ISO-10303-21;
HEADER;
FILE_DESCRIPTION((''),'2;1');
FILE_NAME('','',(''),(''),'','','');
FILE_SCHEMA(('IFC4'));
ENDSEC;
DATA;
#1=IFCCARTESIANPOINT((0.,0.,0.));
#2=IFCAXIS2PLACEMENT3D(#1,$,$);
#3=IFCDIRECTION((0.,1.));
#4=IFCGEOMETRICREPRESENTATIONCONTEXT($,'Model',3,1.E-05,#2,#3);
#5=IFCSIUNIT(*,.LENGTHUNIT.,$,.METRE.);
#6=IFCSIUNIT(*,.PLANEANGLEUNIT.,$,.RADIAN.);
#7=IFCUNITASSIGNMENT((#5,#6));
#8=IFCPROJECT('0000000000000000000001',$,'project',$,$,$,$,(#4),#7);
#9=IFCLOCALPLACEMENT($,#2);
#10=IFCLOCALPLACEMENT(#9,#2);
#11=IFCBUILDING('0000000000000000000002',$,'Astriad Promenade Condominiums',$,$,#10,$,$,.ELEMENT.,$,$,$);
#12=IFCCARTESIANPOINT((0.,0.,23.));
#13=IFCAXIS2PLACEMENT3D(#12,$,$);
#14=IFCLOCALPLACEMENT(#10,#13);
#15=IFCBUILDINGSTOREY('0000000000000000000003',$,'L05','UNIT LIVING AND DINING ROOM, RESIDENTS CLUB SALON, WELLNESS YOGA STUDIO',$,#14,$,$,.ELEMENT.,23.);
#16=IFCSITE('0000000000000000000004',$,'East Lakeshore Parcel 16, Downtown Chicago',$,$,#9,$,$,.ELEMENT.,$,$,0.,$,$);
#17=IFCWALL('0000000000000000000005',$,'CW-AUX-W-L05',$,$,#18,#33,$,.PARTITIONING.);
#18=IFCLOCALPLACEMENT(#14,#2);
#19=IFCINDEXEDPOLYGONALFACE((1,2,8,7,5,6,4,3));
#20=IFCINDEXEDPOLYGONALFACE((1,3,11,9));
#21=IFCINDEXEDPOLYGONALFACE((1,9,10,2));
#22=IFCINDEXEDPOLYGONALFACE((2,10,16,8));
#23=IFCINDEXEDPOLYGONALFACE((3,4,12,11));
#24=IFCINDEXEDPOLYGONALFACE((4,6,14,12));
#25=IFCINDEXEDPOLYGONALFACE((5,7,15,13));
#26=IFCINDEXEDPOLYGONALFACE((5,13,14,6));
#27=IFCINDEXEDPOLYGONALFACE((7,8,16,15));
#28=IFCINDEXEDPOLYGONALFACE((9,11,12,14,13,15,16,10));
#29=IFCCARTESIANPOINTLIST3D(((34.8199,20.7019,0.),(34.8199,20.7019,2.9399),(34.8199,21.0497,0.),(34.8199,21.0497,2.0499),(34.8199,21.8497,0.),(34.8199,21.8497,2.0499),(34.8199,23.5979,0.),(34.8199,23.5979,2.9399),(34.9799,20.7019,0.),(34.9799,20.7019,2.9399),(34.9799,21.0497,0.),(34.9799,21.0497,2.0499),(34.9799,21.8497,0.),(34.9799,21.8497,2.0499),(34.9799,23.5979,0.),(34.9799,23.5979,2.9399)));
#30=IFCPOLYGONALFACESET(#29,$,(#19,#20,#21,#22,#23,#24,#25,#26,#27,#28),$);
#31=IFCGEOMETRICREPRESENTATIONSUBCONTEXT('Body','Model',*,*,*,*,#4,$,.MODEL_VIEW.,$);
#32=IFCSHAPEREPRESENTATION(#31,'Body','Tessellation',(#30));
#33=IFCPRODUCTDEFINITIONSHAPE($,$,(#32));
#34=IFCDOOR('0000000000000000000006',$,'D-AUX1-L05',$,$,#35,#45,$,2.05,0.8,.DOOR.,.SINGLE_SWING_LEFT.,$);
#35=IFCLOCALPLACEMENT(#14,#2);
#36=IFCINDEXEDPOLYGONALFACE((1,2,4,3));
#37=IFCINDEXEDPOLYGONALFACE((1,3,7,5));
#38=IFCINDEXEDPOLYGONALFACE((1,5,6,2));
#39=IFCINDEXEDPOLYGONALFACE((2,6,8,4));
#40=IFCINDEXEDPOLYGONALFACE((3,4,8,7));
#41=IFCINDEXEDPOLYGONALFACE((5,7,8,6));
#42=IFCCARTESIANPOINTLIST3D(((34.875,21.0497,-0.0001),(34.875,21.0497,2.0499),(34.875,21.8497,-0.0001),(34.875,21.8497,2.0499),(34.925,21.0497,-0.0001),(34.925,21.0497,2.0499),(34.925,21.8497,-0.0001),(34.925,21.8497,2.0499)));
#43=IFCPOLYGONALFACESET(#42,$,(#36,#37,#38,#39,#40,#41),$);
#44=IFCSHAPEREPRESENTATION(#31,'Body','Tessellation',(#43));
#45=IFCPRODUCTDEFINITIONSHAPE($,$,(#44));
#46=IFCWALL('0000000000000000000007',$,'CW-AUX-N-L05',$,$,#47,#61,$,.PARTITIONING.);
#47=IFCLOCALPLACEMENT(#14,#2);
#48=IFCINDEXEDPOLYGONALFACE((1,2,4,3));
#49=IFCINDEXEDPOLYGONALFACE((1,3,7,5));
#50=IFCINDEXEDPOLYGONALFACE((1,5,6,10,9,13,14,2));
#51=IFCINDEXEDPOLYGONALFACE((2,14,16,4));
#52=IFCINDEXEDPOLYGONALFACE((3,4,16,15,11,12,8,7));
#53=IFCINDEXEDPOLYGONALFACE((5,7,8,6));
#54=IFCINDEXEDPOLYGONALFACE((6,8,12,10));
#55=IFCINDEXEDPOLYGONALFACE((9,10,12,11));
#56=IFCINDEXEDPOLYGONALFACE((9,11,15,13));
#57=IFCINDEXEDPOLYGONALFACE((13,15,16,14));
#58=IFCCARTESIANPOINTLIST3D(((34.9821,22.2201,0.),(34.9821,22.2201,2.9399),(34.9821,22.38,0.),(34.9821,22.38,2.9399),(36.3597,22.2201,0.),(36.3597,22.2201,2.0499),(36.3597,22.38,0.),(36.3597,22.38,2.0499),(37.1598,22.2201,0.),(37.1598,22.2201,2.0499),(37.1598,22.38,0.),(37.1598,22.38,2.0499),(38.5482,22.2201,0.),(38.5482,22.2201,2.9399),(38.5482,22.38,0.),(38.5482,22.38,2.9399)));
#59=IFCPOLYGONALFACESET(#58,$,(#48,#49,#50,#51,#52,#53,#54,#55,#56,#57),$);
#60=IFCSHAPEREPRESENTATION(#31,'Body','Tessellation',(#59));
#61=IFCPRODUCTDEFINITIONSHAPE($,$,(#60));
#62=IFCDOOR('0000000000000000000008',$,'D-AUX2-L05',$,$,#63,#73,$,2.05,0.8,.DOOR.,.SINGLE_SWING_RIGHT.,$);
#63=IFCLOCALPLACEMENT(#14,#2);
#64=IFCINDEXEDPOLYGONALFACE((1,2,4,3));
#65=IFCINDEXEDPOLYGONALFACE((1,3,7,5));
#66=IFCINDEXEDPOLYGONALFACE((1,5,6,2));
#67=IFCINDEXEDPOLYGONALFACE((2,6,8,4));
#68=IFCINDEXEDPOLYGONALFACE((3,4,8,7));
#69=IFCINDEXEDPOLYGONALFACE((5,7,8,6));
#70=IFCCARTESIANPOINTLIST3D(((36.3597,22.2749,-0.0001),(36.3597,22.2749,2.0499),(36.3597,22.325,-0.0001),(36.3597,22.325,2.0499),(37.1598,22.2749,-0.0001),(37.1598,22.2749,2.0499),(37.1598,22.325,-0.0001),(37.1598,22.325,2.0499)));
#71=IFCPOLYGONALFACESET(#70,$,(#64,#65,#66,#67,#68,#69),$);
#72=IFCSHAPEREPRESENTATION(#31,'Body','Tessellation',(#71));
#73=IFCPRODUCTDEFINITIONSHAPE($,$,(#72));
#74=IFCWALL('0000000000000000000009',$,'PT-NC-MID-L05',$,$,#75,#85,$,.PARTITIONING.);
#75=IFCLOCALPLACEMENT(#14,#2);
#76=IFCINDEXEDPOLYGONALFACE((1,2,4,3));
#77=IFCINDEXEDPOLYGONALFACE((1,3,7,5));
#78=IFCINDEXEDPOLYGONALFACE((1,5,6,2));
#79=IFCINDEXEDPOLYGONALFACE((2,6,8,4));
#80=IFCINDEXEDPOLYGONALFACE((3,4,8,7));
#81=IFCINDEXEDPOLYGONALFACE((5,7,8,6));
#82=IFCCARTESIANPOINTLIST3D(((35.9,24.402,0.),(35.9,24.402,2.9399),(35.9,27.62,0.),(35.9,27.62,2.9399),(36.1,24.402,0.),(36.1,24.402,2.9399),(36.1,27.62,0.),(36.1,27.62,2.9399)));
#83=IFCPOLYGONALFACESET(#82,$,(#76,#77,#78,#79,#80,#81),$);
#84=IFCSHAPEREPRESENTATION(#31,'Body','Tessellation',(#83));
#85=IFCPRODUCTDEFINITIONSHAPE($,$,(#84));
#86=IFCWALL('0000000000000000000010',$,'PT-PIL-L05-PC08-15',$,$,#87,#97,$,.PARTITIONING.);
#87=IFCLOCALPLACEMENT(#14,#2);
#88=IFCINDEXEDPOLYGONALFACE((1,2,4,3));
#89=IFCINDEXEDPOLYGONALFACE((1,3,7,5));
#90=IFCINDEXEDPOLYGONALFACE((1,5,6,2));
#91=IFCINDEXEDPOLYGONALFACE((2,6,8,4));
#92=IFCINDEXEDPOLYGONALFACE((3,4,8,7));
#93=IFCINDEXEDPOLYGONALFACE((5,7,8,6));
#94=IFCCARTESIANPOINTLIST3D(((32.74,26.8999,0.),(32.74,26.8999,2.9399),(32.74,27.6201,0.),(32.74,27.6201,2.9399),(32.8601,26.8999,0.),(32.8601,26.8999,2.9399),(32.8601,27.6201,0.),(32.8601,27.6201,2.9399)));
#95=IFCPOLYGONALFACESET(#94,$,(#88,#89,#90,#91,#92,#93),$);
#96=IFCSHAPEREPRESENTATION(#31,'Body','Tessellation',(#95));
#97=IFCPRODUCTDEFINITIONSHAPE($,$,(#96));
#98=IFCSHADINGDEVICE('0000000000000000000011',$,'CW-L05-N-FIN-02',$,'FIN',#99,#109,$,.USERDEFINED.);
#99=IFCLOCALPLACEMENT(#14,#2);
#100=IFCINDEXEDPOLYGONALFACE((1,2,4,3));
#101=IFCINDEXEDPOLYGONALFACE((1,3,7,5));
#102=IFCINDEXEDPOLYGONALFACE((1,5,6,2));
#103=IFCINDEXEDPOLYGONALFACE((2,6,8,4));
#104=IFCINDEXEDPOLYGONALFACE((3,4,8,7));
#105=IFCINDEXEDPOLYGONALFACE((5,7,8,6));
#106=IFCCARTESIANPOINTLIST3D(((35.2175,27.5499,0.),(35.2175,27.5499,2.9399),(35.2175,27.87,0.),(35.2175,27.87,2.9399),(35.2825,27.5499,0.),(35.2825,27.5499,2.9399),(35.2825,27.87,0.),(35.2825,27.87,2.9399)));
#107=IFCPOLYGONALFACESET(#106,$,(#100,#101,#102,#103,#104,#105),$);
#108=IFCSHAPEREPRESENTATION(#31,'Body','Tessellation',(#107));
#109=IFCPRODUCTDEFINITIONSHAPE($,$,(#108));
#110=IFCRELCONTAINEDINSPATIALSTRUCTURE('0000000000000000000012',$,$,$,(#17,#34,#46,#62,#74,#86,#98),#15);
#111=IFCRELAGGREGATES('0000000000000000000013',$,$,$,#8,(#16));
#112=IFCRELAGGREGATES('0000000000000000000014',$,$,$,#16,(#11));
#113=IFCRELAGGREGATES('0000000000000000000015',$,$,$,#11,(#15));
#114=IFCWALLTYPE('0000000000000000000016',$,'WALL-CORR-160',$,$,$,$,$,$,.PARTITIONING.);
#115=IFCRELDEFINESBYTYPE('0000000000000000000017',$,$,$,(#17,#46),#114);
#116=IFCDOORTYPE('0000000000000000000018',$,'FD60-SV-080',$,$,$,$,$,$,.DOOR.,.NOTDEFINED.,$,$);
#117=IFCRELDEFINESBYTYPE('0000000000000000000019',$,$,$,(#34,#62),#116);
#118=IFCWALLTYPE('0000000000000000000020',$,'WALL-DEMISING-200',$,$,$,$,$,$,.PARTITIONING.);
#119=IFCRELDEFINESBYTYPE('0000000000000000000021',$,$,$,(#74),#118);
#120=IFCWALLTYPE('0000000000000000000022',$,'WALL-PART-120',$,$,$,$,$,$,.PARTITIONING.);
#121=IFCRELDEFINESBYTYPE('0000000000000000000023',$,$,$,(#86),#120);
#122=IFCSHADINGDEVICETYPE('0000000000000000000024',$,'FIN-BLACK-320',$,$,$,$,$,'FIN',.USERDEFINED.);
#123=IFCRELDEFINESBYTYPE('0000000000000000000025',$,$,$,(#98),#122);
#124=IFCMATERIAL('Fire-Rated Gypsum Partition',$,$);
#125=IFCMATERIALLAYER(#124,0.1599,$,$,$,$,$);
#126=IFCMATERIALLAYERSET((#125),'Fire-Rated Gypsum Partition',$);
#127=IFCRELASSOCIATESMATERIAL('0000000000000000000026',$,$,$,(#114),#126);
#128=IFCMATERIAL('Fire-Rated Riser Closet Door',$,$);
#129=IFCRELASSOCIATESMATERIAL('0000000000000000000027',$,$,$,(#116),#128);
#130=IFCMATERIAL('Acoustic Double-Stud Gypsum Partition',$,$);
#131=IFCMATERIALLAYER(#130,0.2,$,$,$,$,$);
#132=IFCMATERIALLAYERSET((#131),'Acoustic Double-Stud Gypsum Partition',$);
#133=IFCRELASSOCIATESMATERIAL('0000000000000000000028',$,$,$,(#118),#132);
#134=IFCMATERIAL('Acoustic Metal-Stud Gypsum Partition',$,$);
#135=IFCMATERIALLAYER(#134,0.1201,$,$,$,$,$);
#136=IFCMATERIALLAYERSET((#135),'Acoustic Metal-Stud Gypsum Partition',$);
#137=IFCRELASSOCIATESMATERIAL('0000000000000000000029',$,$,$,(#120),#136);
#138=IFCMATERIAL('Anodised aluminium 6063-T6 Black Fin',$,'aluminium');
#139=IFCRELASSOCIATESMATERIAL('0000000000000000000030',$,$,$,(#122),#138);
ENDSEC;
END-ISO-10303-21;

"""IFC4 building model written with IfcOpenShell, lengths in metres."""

from ifc_helpers import new_model, si_unit, direction, frame, frame_2d, origin, origin_2d, place, context, subcontext, project, spatial, rectangle, extrude, source, transform, mapped, material, layer, layer_set, type_object, type_shapes, element, fill, save


model = new_model("IFC4")

# Units and contexts
model_context = context("Model", 3, precision=1e-05, world=origin(), true_north=direction((0.0, 1.0)))
body_context = subcontext(model_context, "Body", "Model", "MODEL_VIEW")
ifc_project = project(units=[si_unit("LENGTHUNIT", "METRE"), si_unit("PLANEANGLEUNIT", "RADIAN")], contexts=[model_context])

# Site, building, storey
site_placement = place(None, origin())
site = spatial("IfcSite", under=ifc_project, at=site_placement, Name="East Lakeshore Parcel 16, Downtown Chicago", CompositionType="ELEMENT", RefElevation=0.0)
building_placement = place(site_placement, origin())
building = spatial("IfcBuilding", under=site, at=building_placement, Name="Astriad Promenade Condominiums", CompositionType="ELEMENT")
storey_placement = place(building_placement, frame((0.0, 0.0, 23.0)))
storey = spatial("IfcBuildingStorey", under=building, at=storey_placement, Name="L05", Description="UNIT LIVING AND DINING ROOM, RESIDENTS CLUB SALON, WELLNESS YOGA STUDIO", CompositionType="ELEMENT", Elevation=23.0)

# Shared definitions
ifc_material_1 = material(Name="Fire-Rated Gypsum Partition")
ifc_layer_1 = layer(ifc_material_1, 0.1599)
ifc_layer_set_1 = layer_set([ifc_layer_1], Name="Fire-Rated Gypsum Partition")
wall_type_1 = type_object("IfcWallType", Name="WALL-CORR-160", PredefinedType="PARTITIONING", material=ifc_layer_set_1)

# Walls, openings, doors
wall_1_placement = place(storey_placement, frame((34.8999, 20.7019, 0.0), z_axis=(0.0, 0.0, 1.0), x_axis=(0.0, 1.0, 0.0)))
wall_1 = element("IfcWall", 1, at=wall_1_placement, inside=storey, type_object=wall_type_1, Name="CW-AUX-W-L05", PredefinedType="PARTITIONING", context=body_context, shape_type="SweptSolid", body=[
    extrude(rectangle(XDim=2.896, YDim=0.1599, at=frame_2d((1.448, 0.0))), origin(), (0.0, 0.0, 1.0), 2.9399),
])
opening_1_placement = place(wall_1_placement, frame((0.3479, 0.0, 0.0)))
opening_1 = element("IfcOpeningElement", 2, at=opening_1_placement, cuts=wall_1, PredefinedType="OPENING", context=body_context, shape_type="SweptSolid", body=[
    extrude(rectangle(XDim=0.8, YDim=2.05, at=frame_2d((0.3999, 1.0249))), frame((0.0, 0.0898, 0.0), z_axis=(0.0, -1.0, 0.0), x_axis=(1.0, 0.0, 0.0)), (0.0, 0.0, 1.0), 0.1799),
])
ifc_material_2 = material(Name="Fire-Rated Riser Closet Door")
door_type_1 = type_object("IfcDoorType", Name="FD60-SV-080", OperationType="NOTDEFINED", PredefinedType="DOOR", material=ifc_material_2)
shared_shape_1 = source(origin(), body_context, "Body", "SweptSolid", [
    extrude(rectangle(XDim=0.8, YDim=2.05, at=frame_2d((0.3999, 1.0249))), frame((0.0, 0.0249, 0.0), z_axis=(0.0, -1.0, 0.0), x_axis=(1.0, 0.0, 0.0)), (0.0, 0.0, 1.0), 0.05),
])
type_shapes(door_type_1, [shared_shape_1])
door_1_placement = place(opening_1_placement, origin())
door_1 = element("IfcDoor", 3, at=door_1_placement, inside=storey, type_object=door_type_1, Name="D-AUX1-L05", OperationType="SINGLE_SWING_LEFT", OverallHeight=2.05, OverallWidth=0.8, PredefinedType="DOOR", context=body_context, shape_type="MappedRepresentation", body=[
    mapped(shared_shape_1, transform((0.0, 0.0, 0.0), scale=1.0)),
])
fill(opening_1, door_1)
wall_2_placement = place(storey_placement, frame((34.9819, 22.3, 0.0), z_axis=(0.0, 0.0, 1.0), x_axis=(1.0, 0.0, 0.0)))
wall_2 = element("IfcWall", 4, at=wall_2_placement, inside=storey, type_object=wall_type_1, Name="CW-AUX-N-L05", PredefinedType="PARTITIONING", context=body_context, shape_type="SweptSolid", body=[
    extrude(rectangle(XDim=3.5662, YDim=0.1599, at=frame_2d((1.7832, 0.0))), origin(), (0.0, 0.0, 1.0), 2.9399),
])
opening_2_placement = place(wall_2_placement, frame((1.3779, 0.0, 0.0)))
opening_2 = element("IfcOpeningElement", 5, at=opening_2_placement, cuts=wall_2, PredefinedType="OPENING", context=body_context, shape_type="SweptSolid", body=[
    extrude(rectangle(XDim=0.8, YDim=2.05, at=frame_2d((0.3999, 1.0249))), frame((0.0, 0.0898, 0.0), z_axis=(0.0, -1.0, 0.0), x_axis=(1.0, 0.0, 0.0)), (0.0, 0.0, 1.0), 0.1799),
])
door_2_placement = place(opening_2_placement, origin())
door_2 = element("IfcDoor", 6, at=door_2_placement, inside=storey, type_object=door_type_1, Name="D-AUX2-L05", OperationType="SINGLE_SWING_RIGHT", OverallHeight=2.05, OverallWidth=0.8, PredefinedType="DOOR", context=body_context, shape_type="MappedRepresentation", body=[
    mapped(shared_shape_1, transform((0.0, 0.0, 0.0), scale=1.0)),
])
fill(opening_2, door_2)

# Walls
ifc_material_3 = material(Name="Acoustic Double-Stud Gypsum Partition")
ifc_layer_2 = layer(ifc_material_3, 0.2)
ifc_layer_set_2 = layer_set([ifc_layer_2], Name="Acoustic Double-Stud Gypsum Partition")
wall_type_2 = type_object("IfcWallType", Name="WALL-DEMISING-200", PredefinedType="PARTITIONING", material=ifc_layer_set_2)
wall_3_placement = place(storey_placement, frame((36.0, 24.4021, 0.0), z_axis=(0.0, 0.0, 1.0), x_axis=(0.0, 1.0, 0.0)))
element("IfcWall", 7, at=wall_3_placement, inside=storey, type_object=wall_type_2, Name="PT-NC-MID-L05", PredefinedType="PARTITIONING", context=body_context, shape_type="SweptSolid", body=[
    extrude(rectangle(XDim=3.218, YDim=0.2, at=frame_2d((1.6089, 0.0))), origin(), (0.0, 0.0, 1.0), 2.9399),
])
ifc_material_4 = material(Name="Acoustic Metal-Stud Gypsum Partition")
ifc_layer_3 = layer(ifc_material_4, 0.1201)
ifc_layer_set_3 = layer_set([ifc_layer_3], Name="Acoustic Metal-Stud Gypsum Partition")
wall_type_3 = type_object("IfcWallType", Name="WALL-PART-120", PredefinedType="PARTITIONING", material=ifc_layer_set_3)
wall_4_placement = place(storey_placement, frame((32.8, 26.8999, 0.0), z_axis=(0.0, 0.0, 1.0), x_axis=(0.0, 1.0, 0.0)))
element("IfcWall", 8, at=wall_4_placement, inside=storey, type_object=wall_type_3, Name="PT-PIL-L05-PC08-15", PredefinedType="PARTITIONING", context=body_context, shape_type="SweptSolid", body=[
    extrude(rectangle(XDim=0.7202, YDim=0.1201, at=frame_2d((0.3601, 0.0))), origin(), (0.0, 0.0, 1.0), 2.9399),
])

# Shading device
ifc_material_5 = material(Name="Anodised aluminium 6063-T6 Black Fin", Category="aluminium")
shading_device_type = type_object("IfcShadingDeviceType", Name="FIN-BLACK-320", ElementType="FIN", PredefinedType="USERDEFINED", material=ifc_material_5)
shared_shape_2 = source(origin(), body_context, "Body", "SweptSolid", [
    extrude(rectangle(XDim=0.0649, YDim=0.3201, at=origin_2d()), origin(), (0.0, 0.0, 1.0), 2.9399),
])
type_shapes(shading_device_type, [shared_shape_2])
shading_device_placement = place(storey_placement, frame((35.25, 27.71, 0.0), z_axis=(0.0, 0.0, 1.0), x_axis=(1.0, 0.0, 0.0)))
element("IfcShadingDevice", 9, at=shading_device_placement, inside=storey, type_object=shading_device_type, Name="CW-L05-N-FIN-02", ObjectType="FIN", PredefinedType="USERDEFINED", context=body_context, shape_type="MappedRepresentation", body=[
    mapped(shared_shape_2, transform((0.0, 0.0, 0.0), scale=1.0)),
])

save(model, "model.ifc")
